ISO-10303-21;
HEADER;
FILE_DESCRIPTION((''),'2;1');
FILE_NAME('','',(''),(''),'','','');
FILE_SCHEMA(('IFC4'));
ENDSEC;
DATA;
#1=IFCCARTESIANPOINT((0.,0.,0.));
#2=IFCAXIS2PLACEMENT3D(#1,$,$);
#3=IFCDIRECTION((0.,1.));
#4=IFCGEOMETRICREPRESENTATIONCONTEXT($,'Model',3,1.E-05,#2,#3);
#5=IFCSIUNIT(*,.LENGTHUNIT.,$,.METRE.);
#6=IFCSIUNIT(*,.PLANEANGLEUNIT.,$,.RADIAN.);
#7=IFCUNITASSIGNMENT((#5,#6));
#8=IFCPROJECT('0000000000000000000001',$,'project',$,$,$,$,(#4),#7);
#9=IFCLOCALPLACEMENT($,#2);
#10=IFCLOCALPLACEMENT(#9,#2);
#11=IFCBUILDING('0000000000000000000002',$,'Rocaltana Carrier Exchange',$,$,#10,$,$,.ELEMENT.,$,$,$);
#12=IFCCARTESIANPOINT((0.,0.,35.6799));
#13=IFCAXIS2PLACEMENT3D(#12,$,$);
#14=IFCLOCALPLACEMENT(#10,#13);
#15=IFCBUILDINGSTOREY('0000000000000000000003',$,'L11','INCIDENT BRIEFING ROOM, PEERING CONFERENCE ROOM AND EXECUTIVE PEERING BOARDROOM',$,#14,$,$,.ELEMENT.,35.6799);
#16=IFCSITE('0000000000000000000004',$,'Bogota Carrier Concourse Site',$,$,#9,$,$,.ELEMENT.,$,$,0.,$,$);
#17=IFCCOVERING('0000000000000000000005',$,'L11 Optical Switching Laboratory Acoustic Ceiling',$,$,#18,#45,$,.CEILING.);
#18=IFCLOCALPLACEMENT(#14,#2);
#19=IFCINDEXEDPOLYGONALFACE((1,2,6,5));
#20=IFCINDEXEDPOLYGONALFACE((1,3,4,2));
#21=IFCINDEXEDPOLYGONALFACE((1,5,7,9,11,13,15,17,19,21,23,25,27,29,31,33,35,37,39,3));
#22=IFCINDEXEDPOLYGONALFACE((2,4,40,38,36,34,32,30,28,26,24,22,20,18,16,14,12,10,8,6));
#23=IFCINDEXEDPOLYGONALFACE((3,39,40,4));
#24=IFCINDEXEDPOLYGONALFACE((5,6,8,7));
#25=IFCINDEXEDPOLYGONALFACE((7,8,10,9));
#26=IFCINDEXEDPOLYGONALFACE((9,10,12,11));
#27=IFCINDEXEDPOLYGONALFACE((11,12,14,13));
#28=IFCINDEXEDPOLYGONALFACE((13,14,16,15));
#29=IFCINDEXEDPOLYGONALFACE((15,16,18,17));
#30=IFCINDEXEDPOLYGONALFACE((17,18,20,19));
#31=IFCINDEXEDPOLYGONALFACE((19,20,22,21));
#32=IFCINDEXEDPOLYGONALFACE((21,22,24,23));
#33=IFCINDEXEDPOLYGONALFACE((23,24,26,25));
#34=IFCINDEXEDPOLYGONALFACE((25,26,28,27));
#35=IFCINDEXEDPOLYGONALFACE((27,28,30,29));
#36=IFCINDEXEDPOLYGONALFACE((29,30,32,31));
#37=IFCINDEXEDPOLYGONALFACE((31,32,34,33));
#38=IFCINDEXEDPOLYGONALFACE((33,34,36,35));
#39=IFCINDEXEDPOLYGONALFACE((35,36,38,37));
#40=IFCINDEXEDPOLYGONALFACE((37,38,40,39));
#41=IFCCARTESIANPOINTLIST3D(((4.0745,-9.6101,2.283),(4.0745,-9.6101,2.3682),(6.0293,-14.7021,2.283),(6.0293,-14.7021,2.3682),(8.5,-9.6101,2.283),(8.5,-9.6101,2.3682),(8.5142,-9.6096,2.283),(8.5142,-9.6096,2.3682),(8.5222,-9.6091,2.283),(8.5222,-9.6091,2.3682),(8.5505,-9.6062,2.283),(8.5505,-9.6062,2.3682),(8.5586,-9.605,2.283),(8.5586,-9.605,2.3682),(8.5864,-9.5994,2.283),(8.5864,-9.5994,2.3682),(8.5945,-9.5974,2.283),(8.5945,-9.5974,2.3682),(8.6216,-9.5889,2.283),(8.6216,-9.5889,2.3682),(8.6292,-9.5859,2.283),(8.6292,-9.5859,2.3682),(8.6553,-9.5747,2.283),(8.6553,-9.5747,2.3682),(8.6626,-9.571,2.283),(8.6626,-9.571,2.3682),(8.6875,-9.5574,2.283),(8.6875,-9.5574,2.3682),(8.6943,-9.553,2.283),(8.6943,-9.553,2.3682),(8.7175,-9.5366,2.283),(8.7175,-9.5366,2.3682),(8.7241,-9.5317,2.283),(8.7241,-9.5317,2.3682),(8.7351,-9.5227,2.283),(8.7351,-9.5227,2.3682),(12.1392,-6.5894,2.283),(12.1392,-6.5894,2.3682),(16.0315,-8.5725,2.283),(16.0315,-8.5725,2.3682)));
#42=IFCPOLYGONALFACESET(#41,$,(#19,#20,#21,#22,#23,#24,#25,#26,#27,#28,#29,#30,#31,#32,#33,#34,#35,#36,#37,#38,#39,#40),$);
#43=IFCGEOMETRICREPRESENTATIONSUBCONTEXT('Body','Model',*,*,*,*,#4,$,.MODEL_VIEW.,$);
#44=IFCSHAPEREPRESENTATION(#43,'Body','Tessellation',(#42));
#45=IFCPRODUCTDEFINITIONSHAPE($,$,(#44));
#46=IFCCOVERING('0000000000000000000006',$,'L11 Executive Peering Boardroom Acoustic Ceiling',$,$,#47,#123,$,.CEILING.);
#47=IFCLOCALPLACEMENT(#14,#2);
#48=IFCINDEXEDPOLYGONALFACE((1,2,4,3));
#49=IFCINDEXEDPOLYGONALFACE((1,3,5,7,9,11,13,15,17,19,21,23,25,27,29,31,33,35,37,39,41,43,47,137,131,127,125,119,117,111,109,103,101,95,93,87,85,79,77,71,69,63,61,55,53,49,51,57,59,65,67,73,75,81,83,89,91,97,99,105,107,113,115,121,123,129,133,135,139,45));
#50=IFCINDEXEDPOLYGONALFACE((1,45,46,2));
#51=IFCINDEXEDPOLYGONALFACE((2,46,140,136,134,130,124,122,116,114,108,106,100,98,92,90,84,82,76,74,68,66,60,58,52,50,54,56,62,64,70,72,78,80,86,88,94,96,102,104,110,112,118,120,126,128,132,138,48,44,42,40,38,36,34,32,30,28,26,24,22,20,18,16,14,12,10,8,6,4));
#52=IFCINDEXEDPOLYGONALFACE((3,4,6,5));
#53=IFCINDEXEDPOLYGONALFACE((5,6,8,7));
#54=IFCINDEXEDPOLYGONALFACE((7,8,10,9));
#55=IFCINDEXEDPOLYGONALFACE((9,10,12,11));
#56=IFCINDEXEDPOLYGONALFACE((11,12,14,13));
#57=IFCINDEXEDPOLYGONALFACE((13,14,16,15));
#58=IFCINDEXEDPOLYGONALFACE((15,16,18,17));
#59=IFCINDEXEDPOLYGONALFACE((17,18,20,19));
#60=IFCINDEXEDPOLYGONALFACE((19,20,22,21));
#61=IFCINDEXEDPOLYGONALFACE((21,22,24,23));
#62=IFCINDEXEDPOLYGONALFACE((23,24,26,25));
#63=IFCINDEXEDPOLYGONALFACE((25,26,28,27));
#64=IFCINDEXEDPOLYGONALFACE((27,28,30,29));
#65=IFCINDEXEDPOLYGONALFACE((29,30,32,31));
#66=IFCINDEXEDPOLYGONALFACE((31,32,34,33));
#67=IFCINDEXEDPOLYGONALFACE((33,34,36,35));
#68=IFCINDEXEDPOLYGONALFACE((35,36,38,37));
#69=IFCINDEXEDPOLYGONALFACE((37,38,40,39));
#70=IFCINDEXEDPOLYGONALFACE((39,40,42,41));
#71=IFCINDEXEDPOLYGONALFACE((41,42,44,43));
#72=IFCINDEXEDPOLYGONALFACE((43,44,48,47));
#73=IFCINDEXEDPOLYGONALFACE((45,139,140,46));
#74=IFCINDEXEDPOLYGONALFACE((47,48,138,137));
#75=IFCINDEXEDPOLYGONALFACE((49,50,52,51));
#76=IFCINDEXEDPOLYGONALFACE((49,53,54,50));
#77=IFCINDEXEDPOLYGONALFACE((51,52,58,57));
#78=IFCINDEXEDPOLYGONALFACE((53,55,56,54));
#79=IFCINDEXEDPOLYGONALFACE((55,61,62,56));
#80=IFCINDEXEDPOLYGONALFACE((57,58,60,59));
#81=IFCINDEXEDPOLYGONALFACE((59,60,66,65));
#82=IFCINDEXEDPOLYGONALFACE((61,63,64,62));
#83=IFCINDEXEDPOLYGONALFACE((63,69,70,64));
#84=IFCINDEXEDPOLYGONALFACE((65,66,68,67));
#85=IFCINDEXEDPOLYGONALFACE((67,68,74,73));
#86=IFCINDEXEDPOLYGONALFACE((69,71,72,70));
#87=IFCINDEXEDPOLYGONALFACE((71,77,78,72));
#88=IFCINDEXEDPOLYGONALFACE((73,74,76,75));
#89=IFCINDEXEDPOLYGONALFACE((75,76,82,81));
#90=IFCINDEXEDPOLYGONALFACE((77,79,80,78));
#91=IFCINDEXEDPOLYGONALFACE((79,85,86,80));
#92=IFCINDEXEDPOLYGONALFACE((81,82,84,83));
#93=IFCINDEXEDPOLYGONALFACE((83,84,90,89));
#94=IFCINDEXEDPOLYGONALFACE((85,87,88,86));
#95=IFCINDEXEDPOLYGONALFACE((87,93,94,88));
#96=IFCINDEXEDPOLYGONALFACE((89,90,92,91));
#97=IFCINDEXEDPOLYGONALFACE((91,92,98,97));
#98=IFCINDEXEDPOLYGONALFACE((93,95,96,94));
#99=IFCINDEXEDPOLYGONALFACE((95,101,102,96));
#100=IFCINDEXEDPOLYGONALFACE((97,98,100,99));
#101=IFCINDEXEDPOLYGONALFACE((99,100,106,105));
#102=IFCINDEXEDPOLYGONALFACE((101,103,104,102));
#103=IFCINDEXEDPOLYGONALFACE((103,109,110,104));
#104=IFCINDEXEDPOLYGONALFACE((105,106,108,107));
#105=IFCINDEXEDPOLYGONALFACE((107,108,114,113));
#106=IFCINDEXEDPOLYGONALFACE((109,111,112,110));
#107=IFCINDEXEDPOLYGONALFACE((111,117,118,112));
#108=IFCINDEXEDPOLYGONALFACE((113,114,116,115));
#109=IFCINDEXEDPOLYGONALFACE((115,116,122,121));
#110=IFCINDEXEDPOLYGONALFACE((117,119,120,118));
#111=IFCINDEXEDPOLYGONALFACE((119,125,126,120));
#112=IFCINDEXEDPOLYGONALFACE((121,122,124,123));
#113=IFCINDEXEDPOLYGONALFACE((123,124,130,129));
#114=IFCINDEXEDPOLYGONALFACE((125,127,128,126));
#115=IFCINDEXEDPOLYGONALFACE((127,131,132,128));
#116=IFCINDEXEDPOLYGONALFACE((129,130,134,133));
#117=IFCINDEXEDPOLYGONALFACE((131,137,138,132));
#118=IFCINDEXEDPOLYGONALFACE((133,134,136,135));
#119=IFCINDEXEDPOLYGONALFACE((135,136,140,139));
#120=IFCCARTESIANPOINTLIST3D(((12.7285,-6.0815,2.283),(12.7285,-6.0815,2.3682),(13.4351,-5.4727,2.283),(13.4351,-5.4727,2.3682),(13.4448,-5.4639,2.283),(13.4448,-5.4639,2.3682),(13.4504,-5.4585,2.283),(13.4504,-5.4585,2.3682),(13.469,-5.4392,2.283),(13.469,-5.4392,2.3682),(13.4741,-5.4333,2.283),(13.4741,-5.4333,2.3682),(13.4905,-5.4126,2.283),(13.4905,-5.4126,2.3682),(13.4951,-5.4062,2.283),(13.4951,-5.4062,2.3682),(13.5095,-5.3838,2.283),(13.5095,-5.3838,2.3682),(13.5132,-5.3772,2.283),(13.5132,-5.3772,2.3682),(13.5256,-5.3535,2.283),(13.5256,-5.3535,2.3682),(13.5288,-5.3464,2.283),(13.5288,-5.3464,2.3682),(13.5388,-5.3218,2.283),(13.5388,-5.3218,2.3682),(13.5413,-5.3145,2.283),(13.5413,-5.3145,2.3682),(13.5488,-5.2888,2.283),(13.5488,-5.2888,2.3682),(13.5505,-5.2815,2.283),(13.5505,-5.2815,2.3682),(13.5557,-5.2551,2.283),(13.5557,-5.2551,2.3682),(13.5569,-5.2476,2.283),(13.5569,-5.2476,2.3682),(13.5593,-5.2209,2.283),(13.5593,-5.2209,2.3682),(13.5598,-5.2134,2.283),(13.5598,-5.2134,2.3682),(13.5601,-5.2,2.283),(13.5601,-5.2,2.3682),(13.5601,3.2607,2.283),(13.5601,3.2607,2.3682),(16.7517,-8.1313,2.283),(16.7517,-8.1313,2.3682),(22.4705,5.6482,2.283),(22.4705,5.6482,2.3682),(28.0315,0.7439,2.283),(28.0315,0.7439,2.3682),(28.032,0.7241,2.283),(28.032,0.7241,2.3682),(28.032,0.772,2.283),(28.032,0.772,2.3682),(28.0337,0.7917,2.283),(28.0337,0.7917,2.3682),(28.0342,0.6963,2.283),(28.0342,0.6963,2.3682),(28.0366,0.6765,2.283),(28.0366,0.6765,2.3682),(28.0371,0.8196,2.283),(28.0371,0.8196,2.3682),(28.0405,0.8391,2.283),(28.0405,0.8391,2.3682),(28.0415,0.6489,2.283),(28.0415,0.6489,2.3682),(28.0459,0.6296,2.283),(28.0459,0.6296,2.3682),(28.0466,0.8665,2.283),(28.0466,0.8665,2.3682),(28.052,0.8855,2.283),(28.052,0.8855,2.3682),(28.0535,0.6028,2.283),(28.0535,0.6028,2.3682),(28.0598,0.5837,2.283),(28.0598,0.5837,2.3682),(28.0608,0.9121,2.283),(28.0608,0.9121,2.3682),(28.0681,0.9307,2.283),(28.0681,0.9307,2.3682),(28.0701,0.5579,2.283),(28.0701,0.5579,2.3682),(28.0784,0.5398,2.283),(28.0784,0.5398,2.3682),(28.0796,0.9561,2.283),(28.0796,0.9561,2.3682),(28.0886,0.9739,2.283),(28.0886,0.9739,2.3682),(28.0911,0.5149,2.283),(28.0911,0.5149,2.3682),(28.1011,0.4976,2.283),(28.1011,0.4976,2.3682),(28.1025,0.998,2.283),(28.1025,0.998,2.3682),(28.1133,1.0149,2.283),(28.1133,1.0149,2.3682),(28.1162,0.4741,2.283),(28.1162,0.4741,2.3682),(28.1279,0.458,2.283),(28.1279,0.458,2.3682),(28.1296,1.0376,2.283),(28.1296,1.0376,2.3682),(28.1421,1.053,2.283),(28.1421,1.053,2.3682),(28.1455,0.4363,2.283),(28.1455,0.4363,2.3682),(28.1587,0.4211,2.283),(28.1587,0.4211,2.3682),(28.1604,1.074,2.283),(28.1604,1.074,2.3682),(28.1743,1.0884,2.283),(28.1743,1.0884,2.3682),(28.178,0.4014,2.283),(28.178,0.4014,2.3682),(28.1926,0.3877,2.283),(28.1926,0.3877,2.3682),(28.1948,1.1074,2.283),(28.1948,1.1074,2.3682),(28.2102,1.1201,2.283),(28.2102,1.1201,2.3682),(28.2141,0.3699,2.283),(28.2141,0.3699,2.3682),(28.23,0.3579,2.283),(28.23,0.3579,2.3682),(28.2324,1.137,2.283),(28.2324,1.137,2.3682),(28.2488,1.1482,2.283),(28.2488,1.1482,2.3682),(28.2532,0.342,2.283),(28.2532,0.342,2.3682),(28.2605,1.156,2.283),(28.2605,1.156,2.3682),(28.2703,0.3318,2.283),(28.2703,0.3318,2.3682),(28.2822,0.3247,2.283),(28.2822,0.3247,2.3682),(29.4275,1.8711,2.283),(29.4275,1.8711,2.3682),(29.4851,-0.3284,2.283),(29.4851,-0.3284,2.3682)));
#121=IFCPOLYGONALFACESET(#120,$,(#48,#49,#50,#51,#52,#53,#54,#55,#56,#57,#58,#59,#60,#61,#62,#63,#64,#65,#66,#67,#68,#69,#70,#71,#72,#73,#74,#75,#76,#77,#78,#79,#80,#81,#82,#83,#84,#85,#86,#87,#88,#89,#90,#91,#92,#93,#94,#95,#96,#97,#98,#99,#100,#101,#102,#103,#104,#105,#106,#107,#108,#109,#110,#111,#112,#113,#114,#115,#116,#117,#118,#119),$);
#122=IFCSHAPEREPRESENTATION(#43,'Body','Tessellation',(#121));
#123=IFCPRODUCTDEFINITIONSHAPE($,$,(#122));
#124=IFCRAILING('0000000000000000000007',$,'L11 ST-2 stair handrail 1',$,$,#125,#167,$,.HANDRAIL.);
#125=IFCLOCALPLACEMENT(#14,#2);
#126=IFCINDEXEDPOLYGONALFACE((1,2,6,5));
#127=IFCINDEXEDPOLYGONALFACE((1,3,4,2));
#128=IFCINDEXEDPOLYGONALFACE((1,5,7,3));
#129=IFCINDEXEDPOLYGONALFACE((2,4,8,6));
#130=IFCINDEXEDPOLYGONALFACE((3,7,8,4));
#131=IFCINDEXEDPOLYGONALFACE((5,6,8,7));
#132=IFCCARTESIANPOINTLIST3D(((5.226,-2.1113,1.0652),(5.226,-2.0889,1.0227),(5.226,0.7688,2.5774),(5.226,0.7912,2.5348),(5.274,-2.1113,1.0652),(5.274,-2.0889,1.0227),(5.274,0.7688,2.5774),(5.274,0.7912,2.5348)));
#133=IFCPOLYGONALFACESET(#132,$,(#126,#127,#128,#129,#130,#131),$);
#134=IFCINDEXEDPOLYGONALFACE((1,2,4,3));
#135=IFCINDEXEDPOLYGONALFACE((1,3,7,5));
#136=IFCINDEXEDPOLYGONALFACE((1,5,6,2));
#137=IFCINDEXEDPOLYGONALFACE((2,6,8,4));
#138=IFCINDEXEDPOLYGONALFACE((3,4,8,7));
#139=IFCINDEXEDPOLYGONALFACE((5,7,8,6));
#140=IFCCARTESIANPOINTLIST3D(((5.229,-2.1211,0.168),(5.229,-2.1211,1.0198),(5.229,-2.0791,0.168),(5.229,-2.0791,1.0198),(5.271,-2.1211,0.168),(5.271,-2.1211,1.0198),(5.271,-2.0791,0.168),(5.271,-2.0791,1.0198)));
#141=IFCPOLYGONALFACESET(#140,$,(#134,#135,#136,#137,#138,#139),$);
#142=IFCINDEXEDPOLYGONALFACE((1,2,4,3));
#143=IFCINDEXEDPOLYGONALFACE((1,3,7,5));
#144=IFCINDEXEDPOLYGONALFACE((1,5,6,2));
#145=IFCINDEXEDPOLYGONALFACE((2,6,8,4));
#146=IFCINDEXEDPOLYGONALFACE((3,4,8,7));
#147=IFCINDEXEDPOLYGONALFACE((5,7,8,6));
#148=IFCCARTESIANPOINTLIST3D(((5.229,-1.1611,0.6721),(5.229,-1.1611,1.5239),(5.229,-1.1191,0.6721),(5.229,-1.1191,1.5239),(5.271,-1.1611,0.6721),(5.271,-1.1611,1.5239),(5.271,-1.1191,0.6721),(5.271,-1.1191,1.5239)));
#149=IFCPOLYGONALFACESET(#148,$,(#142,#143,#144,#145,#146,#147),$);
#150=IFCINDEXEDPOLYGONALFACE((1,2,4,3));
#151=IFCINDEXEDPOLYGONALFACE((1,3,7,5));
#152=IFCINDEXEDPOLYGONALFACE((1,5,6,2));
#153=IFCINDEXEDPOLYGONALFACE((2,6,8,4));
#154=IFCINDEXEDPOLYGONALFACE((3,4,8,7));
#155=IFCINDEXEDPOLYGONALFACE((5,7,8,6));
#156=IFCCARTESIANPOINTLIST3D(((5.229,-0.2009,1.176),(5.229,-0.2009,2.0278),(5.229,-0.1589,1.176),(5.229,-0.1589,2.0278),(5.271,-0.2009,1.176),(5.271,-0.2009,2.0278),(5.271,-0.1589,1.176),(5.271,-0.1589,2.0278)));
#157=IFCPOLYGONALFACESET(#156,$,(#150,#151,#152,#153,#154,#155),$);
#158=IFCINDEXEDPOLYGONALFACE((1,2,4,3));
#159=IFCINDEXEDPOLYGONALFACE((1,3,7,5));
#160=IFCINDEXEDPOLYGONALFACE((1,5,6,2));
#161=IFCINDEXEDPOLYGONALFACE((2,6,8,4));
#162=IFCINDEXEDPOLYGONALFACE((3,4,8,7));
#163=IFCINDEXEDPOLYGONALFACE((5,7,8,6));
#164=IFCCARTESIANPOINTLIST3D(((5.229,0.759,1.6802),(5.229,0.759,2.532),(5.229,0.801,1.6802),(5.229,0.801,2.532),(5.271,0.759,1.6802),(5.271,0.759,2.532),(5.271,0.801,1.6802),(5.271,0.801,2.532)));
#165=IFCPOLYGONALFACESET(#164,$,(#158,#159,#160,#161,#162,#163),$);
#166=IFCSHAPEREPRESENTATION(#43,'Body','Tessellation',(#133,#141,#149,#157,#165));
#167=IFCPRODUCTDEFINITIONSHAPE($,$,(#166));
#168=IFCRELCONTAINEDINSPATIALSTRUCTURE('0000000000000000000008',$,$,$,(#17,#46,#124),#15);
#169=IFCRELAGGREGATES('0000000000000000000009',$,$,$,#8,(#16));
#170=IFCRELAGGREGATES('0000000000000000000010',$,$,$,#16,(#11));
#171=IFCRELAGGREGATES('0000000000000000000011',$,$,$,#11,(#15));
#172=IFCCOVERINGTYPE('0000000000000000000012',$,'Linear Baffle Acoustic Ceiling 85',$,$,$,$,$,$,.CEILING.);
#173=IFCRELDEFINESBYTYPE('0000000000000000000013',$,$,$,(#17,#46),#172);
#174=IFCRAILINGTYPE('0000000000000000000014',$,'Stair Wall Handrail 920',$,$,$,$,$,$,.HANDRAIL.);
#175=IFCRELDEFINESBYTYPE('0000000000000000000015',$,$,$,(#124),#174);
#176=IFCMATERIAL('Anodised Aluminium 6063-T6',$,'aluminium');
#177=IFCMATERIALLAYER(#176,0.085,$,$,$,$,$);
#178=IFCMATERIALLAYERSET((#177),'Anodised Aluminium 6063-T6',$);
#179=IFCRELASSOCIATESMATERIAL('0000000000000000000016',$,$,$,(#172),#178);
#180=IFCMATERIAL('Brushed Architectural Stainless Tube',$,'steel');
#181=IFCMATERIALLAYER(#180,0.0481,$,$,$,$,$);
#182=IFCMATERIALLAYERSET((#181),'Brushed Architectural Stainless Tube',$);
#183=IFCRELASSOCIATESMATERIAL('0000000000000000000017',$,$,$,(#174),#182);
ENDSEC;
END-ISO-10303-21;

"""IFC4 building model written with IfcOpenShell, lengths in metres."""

from ifc_helpers import new_model, si_unit, direction, frame, origin, origin_2d, place, context, subcontext, project, spatial, polyline, rectangle, outline, extrude, material, layer, layer_set, type_object, element, save


model = new_model("IFC4")

# Units and contexts
model_context = context("Model", 3, precision=1e-05, world=origin(), true_north=direction((0.0, 1.0)))
body_context = subcontext(model_context, "Body", "Model", "MODEL_VIEW")
ifc_project = project(units=[si_unit("LENGTHUNIT", "METRE"), si_unit("PLANEANGLEUNIT", "RADIAN")], contexts=[model_context])

# Site, building, storey
site_placement = place(None, origin())
site = spatial("IfcSite", under=ifc_project, at=site_placement, Name="Bogota Carrier Concourse Site", CompositionType="ELEMENT", RefElevation=0.0)
building_placement = place(site_placement, origin())
building = spatial("IfcBuilding", under=site, at=building_placement, Name="Rocaltana Carrier Exchange", CompositionType="ELEMENT")
storey_placement = place(building_placement, frame((0.0, 0.0, 35.6799)))
storey = spatial("IfcBuildingStorey", under=building, at=storey_placement, Name="L11", Description="INCIDENT BRIEFING ROOM, PEERING CONFERENCE ROOM AND EXECUTIVE PEERING BOARDROOM", CompositionType="ELEMENT", Elevation=35.6799)

# Coverings
ifc_material_1 = material(Name="Anodised Aluminium 6063-T6", Category="aluminium")
ifc_layer_1 = layer(ifc_material_1, 0.085)
ifc_layer_set_1 = layer_set([ifc_layer_1], Name="Anodised Aluminium 6063-T6")
covering_type_1 = type_object("IfcCoveringType", Name="Linear Baffle Acoustic Ceiling 85", PredefinedType="CEILING", material=ifc_layer_set_1)
covering_1_placement = place(storey_placement, frame((0.0, 0.0, 2.283)))
element("IfcCovering", 1, at=covering_1_placement, inside=storey, type_object=covering_type_1, Name="L11 Optical Switching Laboratory Acoustic Ceiling", PredefinedType="CEILING", context=body_context, shape_type="SweptSolid", body=[
    extrude(outline(polyline([(6.0293, -14.7021), (4.0745, -9.6101), (8.5, -9.6101), (8.5142, -9.6096), (8.5222, -9.6091), (8.5505, -9.6062), (8.5586, -9.605), (8.5864, -9.5994), (8.5945, -9.5974), (8.6216, -9.5889), (8.6292, -9.5859), (8.6553, -9.5747), (8.6626, -9.571), (8.6875, -9.5574), (8.6943, -9.553), (8.7175, -9.5366), (8.7241, -9.5317), (8.7351, -9.5227), (12.1392, -6.5894), (16.0315, -8.5725), (6.0293, -14.7021)])), origin(), (0.0, 0.0, 1.0), 0.0852),
])
covering_2_placement = place(storey_placement, frame((0.0, 0.0, 2.283)))
element("IfcCovering", 2, at=covering_2_placement, inside=storey, type_object=covering_type_1, Name="L11 Executive Peering Boardroom Acoustic Ceiling", PredefinedType="CEILING", context=body_context, shape_type="SweptSolid", body=[
    extrude(outline(polyline([(29.4275, 1.8711), (28.2605, 1.156), (28.2488, 1.1482), (28.2324, 1.137), (28.2102, 1.1201), (28.1948, 1.1074), (28.1743, 1.0884), (28.1604, 1.074), (28.1421, 1.053), (28.1296, 1.0376), (28.1133, 1.0149), (28.1025, 0.998), (28.0886, 0.9739), (28.0796, 0.9561), (28.0681, 0.9307), (28.0608, 0.9121), (28.052, 0.8855), (28.0466, 0.8665), (28.0405, 0.8391), (28.0371, 0.8196), (28.0337, 0.7917), (28.032, 0.772), (28.0315, 0.7439), (28.032, 0.7241), (28.0342, 0.6963), (28.0366, 0.6765), (28.0415, 0.6489), (28.0459, 0.6296), (28.0535, 0.6028), (28.0598, 0.5837), (28.0701, 0.5579), (28.0784, 0.5398), (28.0911, 0.5149), (28.1011, 0.4976), (28.1162, 0.4741), (28.1279, 0.458), (28.1455, 0.4363), (28.1587, 0.4211), (28.178, 0.4014), (28.1926, 0.3877), (28.2141, 0.3699), (28.23, 0.3579), (28.2532, 0.342), (28.2703, 0.3318), (28.2822, 0.3247), (29.4851, -0.3284), (16.7517, -8.1313), (12.7285, -6.0815), (13.4351, -5.4727), (13.4448, -5.4639), (13.4504, -5.4585), (13.469, -5.4392), (13.4741, -5.4333), (13.4905, -5.4126), (13.4951, -5.4062), (13.5095, -5.3838), (13.5132, -5.3772), (13.5256, -5.3535), (13.5288, -5.3464), (13.5388, -5.3218), (13.5413, -5.3145), (13.5488, -5.2888), (13.5505, -5.2815), (13.5557, -5.2551), (13.5569, -5.2476), (13.5593, -5.2209), (13.5598, -5.2134), (13.5601, -5.2), (13.5601, 3.2607), (22.4705, 5.6482), (29.4275, 1.8711)])), origin(), (0.0, 0.0, 1.0), 0.0852),
])

# Railing
ifc_material_2 = material(Name="Brushed Architectural Stainless Tube", Category="steel")
ifc_layer_2 = layer(ifc_material_2, 0.0481)
ifc_layer_set_2 = layer_set([ifc_layer_2], Name="Brushed Architectural Stainless Tube")
railing_type_1 = type_object("IfcRailingType", Name="Stair Wall Handrail 920", PredefinedType="HANDRAIL", material=ifc_layer_set_2)
railing_1_placement = place(storey_placement, frame((5.25, -2.1001, 0.168)))
element("IfcRailing", 3, at=railing_1_placement, inside=storey, type_object=railing_type_1, Name="L11 ST-2 stair handrail 1", PredefinedType="HANDRAIL", context=body_context, shape_type="SweptSolid", body=[
    extrude(rectangle(XDim=0.0481, YDim=0.0481, at=origin_2d()), frame((0.0, 0.0, 0.876), z_axis=(0.0, 0.88538, 0.464868), x_axis=(-1.0, 0.0, 0.0)), (0.0, 0.0, 1.0), 3.2529),
    extrude(rectangle(XDim=0.042, YDim=0.042, at=origin_2d()), origin(), (0.0, 0.0, 1.0), 0.8518),
    extrude(rectangle(XDim=0.042, YDim=0.042, at=origin_2d()), frame((0.0, 0.96, 0.5042)), (0.0, 0.0, 1.0), 0.8518),
    extrude(rectangle(XDim=0.042, YDim=0.042, at=origin_2d()), frame((0.0, 1.9202, 1.0081)), (0.0, 0.0, 1.0), 0.8518),
    extrude(rectangle(XDim=0.042, YDim=0.042, at=origin_2d()), frame((0.0, 2.8801, 1.5122)), (0.0, 0.0, 1.0), 0.8518),
])

save(model, "model.ifc")
